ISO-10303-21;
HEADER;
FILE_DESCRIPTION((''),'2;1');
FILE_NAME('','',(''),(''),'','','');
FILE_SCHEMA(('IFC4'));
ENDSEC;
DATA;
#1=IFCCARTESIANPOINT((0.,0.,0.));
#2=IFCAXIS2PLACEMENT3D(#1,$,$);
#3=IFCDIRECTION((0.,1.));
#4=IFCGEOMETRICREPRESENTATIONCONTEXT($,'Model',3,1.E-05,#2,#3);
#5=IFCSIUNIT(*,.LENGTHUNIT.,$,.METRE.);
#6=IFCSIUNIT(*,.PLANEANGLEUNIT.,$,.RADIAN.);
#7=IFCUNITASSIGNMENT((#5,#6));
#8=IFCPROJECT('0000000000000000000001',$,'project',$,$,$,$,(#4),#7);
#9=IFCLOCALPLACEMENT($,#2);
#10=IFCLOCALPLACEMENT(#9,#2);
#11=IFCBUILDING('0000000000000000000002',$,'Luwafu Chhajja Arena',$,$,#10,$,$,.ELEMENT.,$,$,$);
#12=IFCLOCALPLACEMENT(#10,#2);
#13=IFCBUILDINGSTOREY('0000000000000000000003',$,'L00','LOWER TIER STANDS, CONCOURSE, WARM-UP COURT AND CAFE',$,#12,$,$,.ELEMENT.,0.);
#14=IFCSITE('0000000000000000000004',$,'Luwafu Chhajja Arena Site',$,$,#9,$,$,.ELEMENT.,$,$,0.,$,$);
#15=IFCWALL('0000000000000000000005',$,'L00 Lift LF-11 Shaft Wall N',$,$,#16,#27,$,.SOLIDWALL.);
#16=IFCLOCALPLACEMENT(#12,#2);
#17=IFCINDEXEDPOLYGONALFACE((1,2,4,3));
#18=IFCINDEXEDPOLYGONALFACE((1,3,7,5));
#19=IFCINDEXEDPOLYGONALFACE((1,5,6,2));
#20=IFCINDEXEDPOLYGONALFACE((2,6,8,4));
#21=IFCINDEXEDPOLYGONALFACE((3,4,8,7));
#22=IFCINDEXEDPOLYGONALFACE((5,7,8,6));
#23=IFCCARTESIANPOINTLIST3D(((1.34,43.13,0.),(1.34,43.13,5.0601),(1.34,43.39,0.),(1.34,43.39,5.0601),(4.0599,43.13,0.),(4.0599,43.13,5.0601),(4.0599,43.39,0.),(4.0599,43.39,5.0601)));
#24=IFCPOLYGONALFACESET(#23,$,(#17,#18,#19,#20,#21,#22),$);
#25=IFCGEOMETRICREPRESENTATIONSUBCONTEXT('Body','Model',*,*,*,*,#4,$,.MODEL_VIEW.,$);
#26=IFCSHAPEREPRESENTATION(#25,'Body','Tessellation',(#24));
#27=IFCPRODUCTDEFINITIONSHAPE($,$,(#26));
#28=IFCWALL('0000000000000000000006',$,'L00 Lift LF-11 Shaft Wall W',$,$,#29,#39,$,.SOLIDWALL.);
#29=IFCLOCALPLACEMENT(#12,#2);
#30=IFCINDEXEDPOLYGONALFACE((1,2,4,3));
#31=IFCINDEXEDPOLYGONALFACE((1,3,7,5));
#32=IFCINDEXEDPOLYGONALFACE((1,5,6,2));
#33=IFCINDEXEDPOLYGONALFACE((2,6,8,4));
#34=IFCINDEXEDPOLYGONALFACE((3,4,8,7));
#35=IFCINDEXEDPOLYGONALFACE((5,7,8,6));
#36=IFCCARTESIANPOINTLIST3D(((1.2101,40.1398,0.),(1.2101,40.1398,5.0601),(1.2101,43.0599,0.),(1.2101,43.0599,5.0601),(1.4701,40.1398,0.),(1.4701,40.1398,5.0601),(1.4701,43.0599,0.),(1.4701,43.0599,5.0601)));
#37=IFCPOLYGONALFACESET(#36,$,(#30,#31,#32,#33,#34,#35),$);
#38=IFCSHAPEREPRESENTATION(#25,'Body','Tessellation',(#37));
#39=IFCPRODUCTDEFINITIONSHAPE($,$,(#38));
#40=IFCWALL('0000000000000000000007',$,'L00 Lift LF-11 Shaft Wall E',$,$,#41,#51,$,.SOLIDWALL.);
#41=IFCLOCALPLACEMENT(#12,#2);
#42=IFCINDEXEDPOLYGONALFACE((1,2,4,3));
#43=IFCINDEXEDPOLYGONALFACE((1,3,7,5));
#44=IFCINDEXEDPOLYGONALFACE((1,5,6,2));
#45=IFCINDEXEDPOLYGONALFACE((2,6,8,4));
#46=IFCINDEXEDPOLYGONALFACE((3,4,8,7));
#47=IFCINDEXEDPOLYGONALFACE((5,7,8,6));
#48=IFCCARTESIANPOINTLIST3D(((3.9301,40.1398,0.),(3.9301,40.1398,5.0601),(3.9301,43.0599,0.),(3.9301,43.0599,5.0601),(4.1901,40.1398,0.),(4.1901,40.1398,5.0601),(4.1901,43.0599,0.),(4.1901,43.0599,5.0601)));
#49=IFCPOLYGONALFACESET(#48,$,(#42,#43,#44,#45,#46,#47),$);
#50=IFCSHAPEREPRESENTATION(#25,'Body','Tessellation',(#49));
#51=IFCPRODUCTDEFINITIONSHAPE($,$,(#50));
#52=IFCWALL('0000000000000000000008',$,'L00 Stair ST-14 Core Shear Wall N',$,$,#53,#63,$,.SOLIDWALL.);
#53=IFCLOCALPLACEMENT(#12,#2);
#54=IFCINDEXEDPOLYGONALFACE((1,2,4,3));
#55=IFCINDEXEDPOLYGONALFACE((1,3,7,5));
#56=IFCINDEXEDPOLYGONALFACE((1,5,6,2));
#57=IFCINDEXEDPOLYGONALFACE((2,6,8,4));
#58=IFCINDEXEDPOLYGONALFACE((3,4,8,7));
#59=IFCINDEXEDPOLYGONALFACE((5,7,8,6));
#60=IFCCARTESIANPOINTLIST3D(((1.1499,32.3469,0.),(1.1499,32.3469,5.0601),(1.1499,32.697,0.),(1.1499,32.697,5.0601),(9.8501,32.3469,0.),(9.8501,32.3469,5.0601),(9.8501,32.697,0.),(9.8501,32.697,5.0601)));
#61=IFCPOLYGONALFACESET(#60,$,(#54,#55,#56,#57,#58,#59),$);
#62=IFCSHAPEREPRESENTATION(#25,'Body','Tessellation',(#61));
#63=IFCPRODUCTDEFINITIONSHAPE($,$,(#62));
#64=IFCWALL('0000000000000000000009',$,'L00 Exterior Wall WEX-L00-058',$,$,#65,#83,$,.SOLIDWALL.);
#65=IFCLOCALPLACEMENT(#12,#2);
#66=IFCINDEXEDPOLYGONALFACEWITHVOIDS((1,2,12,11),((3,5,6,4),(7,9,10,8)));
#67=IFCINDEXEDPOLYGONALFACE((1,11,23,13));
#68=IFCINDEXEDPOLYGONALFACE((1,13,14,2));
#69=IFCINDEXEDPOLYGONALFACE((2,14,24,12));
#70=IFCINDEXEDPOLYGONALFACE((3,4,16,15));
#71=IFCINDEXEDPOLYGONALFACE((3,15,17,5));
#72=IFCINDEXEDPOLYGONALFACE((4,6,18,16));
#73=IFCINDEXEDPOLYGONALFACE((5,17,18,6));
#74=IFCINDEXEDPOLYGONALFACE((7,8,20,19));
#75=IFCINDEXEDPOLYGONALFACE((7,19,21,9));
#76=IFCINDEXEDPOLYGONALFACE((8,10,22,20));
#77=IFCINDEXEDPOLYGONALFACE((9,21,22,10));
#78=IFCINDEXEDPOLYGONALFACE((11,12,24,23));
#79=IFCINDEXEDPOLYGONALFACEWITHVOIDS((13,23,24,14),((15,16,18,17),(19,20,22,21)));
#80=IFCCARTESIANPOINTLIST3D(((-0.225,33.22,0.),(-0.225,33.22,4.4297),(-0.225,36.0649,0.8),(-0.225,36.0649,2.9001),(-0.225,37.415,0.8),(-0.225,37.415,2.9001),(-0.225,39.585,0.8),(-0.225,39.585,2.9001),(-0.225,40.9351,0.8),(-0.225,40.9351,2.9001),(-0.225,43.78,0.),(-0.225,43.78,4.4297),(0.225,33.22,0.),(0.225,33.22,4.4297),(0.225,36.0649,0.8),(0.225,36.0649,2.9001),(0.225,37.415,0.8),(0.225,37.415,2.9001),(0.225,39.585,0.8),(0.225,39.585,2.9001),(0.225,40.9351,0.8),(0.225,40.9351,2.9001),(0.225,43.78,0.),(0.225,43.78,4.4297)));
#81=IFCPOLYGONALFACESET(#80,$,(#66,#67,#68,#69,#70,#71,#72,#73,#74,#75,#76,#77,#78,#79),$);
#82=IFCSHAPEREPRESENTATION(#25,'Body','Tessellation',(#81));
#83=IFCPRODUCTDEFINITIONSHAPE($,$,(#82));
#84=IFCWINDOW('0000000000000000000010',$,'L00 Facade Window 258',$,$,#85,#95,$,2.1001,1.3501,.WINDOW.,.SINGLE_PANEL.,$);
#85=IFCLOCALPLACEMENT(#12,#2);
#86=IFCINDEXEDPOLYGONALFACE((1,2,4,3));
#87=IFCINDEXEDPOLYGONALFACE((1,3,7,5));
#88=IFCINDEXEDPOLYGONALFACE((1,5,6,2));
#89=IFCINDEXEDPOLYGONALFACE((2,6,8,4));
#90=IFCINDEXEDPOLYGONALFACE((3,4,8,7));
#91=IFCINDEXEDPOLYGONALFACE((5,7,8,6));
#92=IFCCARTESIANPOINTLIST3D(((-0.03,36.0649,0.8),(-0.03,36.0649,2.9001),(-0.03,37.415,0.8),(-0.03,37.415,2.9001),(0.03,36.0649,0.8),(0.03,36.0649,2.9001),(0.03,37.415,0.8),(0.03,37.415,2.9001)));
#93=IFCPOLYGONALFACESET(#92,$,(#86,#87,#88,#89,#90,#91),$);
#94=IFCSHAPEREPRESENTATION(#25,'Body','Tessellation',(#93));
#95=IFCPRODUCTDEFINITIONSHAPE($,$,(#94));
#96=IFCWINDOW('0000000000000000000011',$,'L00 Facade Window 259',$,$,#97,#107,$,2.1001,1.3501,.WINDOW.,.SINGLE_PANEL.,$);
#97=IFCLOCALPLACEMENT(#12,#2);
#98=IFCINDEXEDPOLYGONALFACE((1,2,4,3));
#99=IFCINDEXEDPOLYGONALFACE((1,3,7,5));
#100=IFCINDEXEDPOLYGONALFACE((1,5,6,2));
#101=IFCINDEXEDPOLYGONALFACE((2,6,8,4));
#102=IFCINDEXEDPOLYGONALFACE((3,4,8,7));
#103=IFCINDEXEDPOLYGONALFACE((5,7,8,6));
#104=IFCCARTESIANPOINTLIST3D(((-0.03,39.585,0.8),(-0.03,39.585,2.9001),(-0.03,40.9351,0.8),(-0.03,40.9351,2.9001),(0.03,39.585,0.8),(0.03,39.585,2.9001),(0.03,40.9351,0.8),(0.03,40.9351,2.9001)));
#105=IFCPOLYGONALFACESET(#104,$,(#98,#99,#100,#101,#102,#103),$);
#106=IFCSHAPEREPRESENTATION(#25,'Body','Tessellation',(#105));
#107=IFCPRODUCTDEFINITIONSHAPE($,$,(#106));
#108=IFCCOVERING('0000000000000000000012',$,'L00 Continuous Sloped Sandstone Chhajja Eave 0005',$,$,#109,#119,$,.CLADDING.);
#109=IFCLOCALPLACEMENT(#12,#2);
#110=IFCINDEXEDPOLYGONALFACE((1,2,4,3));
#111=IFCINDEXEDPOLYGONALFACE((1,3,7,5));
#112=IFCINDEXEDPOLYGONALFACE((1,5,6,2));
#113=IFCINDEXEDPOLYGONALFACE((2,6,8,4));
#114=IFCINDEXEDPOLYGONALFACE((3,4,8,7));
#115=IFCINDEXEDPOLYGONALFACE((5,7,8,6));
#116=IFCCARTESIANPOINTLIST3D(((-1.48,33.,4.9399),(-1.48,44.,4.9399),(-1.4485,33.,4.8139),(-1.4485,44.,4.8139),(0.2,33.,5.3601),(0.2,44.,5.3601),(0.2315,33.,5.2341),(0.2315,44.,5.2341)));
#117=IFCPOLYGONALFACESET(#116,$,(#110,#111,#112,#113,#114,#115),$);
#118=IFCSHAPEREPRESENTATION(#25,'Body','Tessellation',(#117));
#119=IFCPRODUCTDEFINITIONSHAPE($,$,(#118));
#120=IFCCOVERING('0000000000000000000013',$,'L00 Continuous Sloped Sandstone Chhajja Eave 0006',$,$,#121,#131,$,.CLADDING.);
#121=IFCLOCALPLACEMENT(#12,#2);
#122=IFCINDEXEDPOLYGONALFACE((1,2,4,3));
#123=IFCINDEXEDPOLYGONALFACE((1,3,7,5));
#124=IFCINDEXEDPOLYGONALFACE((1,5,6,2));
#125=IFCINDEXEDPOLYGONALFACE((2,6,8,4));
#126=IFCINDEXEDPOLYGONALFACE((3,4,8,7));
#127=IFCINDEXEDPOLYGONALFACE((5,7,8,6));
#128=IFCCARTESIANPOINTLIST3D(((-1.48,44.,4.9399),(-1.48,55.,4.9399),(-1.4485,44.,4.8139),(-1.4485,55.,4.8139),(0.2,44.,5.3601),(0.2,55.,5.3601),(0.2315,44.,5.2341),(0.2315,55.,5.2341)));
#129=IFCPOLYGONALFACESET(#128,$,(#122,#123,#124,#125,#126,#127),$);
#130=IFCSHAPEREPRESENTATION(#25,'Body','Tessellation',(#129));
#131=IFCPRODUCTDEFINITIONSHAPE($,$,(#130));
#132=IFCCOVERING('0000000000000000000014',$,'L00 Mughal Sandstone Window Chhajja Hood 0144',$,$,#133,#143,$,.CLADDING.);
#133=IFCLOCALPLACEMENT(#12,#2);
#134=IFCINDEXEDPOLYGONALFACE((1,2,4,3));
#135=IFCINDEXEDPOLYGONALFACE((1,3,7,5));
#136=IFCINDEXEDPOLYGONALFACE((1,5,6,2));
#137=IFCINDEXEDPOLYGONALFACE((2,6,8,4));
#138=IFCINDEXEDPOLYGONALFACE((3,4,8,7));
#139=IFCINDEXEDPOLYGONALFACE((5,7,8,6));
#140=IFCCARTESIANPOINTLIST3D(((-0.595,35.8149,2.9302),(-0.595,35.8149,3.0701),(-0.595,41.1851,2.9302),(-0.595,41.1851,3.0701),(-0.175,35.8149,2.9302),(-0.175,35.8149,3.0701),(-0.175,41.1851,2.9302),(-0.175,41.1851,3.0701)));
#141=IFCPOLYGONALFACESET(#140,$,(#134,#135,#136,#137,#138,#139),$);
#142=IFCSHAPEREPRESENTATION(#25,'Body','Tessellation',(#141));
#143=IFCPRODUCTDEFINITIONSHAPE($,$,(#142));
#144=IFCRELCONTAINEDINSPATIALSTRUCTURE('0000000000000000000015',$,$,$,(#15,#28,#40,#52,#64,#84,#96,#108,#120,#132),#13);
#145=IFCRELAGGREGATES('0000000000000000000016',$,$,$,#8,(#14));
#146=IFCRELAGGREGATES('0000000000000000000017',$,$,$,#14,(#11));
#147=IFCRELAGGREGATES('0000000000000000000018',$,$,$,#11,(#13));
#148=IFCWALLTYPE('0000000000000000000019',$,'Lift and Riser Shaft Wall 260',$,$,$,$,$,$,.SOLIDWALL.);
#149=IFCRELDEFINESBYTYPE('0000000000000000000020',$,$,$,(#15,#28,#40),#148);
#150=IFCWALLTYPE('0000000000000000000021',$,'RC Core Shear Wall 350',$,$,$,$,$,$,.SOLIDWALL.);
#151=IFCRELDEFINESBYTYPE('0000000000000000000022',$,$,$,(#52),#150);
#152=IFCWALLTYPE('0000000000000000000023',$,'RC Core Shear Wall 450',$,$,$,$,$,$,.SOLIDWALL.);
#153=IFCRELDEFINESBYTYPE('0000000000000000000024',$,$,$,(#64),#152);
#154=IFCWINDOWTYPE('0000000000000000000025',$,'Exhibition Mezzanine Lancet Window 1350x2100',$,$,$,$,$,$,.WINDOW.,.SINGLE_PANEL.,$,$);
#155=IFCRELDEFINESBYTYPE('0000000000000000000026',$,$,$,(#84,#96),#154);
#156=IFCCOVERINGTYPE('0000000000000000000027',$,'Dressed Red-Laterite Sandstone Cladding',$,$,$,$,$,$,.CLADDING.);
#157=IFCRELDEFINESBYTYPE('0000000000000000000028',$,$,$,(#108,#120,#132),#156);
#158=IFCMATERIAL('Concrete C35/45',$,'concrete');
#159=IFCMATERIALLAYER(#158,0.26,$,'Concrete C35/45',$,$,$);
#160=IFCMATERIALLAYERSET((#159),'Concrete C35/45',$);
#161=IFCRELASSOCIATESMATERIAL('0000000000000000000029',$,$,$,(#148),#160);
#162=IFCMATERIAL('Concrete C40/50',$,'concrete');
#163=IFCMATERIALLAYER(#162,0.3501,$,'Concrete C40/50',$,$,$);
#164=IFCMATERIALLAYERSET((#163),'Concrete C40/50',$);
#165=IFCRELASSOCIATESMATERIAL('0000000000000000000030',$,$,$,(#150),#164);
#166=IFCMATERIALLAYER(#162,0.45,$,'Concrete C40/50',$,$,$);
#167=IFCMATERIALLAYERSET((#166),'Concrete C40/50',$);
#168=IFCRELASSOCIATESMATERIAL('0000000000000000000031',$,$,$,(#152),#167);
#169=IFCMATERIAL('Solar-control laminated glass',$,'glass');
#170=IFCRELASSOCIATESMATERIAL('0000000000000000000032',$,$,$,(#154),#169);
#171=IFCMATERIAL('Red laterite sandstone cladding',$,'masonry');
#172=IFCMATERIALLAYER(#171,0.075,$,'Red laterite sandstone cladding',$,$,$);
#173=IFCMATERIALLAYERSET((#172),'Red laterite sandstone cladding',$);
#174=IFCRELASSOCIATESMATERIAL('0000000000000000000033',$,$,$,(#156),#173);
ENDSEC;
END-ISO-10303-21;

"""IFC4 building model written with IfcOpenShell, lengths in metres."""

from ifc_helpers import new_model, si_unit, direction, frame, frame_2d, origin, origin_2d, place, context, subcontext, project, spatial, polyline, rectangle, outline, extrude, material, layer, layer_set, type_object, element, fill, save


model = new_model("IFC4")

# Units and contexts
model_context = context("Model", 3, precision=1e-05, world=origin(), true_north=direction((0.0, 1.0)))
body_context = subcontext(model_context, "Body", "Model", "MODEL_VIEW")
ifc_project = project(units=[si_unit("LENGTHUNIT", "METRE"), si_unit("PLANEANGLEUNIT", "RADIAN")], contexts=[model_context])

# Site, building, storey
site_placement = place(None, origin())
site = spatial("IfcSite", under=ifc_project, at=site_placement, Name="Luwafu Chhajja Arena Site", CompositionType="ELEMENT", RefElevation=0.0)
building_placement = place(site_placement, origin())
building = spatial("IfcBuilding", under=site, at=building_placement, Name="Luwafu Chhajja Arena", CompositionType="ELEMENT")
storey_placement = place(building_placement, origin())
storey = spatial("IfcBuildingStorey", under=building, at=storey_placement, Name="L00", Description="LOWER TIER STANDS, CONCOURSE, WARM-UP COURT AND CAFE", CompositionType="ELEMENT", Elevation=0.0)

# Shared definitions
ifc_material_1 = material(Name="Concrete C40/50", Category="concrete")

# Shared definitions
ifc_material_2 = material(Name="Concrete C35/45", Category="concrete")
ifc_layer_1 = layer(ifc_material_2, 0.26, Name="Concrete C35/45")
ifc_layer_set_1 = layer_set([ifc_layer_1], Name="Concrete C35/45")
wall_type_1 = type_object("IfcWallType", Name="Lift and Riser Shaft Wall 260", PredefinedType="SOLIDWALL", material=ifc_layer_set_1)

# Walls
wall_1_placement = place(storey_placement, frame((1.3401, 43.26, 0.0), z_axis=(0.0, 0.0, 1.0), x_axis=(1.0, 0.0, 0.0)))
element("IfcWall", 1, at=wall_1_placement, inside=storey, type_object=wall_type_1, Name="L00 Lift LF-11 Shaft Wall N", PredefinedType="SOLIDWALL", context=body_context, shape_type="SweptSolid", body=[
    extrude(rectangle(XDim=2.72, YDim=0.26, at=frame_2d((1.3599, 0.0))), origin(), (0.0, 0.0, 1.0), 5.0601),
])
for number, where, z_axis, x_axis, name in (
    (2, (1.3401, 40.1399, 0.0), (0.0, 0.0, 1.0), (0.0, 1.0, 0.0), "L00 Lift LF-11 Shaft Wall W"),
    (3, (4.0601, 40.1399, 0.0), (0.0, 0.0, 1.0), (0.0, 1.0, 0.0), "L00 Lift LF-11 Shaft Wall E"),
):
    element("IfcWall", number, at=place(storey_placement, frame(where, z_axis=z_axis, x_axis=x_axis)), inside=storey, type_object=wall_type_1, Name=name, PredefinedType="SOLIDWALL", context=body_context, shape_type="SweptSolid", body=[
        extrude(rectangle(XDim=2.9202, YDim=0.26, at=frame_2d((1.46, 0.0))), origin(), (0.0, 0.0, 1.0), 5.0601),
    ])
ifc_layer_2 = layer(ifc_material_1, 0.3501, Name="Concrete C40/50")
ifc_layer_set_2 = layer_set([ifc_layer_2], Name="Concrete C40/50")
wall_type_2 = type_object("IfcWallType", Name="RC Core Shear Wall 350", PredefinedType="SOLIDWALL", material=ifc_layer_set_2)
wall_2_placement = place(storey_placement, frame((1.1499, 32.522, 0.0), z_axis=(0.0, 0.0, 1.0), x_axis=(1.0, 0.0, 0.0)))
element("IfcWall", 4, at=wall_2_placement, inside=storey, type_object=wall_type_2, Name="L00 Stair ST-14 Core Shear Wall N", PredefinedType="SOLIDWALL", context=body_context, shape_type="SweptSolid", body=[
    extrude(rectangle(XDim=8.7002, YDim=0.3501, at=frame_2d((4.3501, 0.0))), origin(), (0.0, 0.0, 1.0), 5.0601),
])

# Wall, openings, windows
ifc_layer_3 = layer(ifc_material_1, 0.45, Name="Concrete C40/50")
ifc_layer_set_3 = layer_set([ifc_layer_3], Name="Concrete C40/50")
wall_type_3 = type_object("IfcWallType", Name="RC Core Shear Wall 450", PredefinedType="SOLIDWALL", material=ifc_layer_set_3)
wall_3_placement = place(storey_placement, frame((0.0, 33.22, 0.0), z_axis=(0.0, 0.0, 1.0), x_axis=(0.0, 1.0, 0.0)))
wall_3 = element("IfcWall", 5, at=wall_3_placement, inside=storey, type_object=wall_type_3, Name="L00 Exterior Wall WEX-L00-058", PredefinedType="SOLIDWALL", context=body_context, shape_type="SweptSolid", body=[
    extrude(rectangle(XDim=10.5601, YDim=0.45, at=frame_2d((5.28, 0.0))), origin(), (0.0, 0.0, 1.0), 4.4297),
])
opening_1_placement = place(wall_3_placement, frame((2.845, 0.0, 0.8)))
opening_1 = element("IfcOpeningElement", 6, at=opening_1_placement, cuts=wall_3, PredefinedType="OPENING", context=body_context, shape_type="SweptSolid", body=[
    extrude(rectangle(XDim=1.3501, YDim=2.1001, at=frame_2d((0.675, 1.05))), frame((0.0, 0.2349, 0.0), z_axis=(0.0, -1.0, 0.0), x_axis=(1.0, 0.0, 0.0)), (0.0, 0.0, 1.0), 0.47),
])
opening_2_placement = place(wall_3_placement, frame((6.365, 0.0, 0.8)))
opening_2 = element("IfcOpeningElement", 7, at=opening_2_placement, cuts=wall_3, PredefinedType="OPENING", context=body_context, shape_type="SweptSolid", body=[
    extrude(rectangle(XDim=1.3501, YDim=2.1001, at=frame_2d((0.675, 1.05))), frame((0.0, 0.2349, 0.0), z_axis=(0.0, -1.0, 0.0), x_axis=(1.0, 0.0, 0.0)), (0.0, 0.0, 1.0), 0.47),
])
ifc_material_3 = material(Name="Solar-control laminated glass", Category="glass")
window_type_1 = type_object("IfcWindowType", Name="Exhibition Mezzanine Lancet Window 1350x2100", PartitioningType="SINGLE_PANEL", PredefinedType="WINDOW", material=ifc_material_3)
window_1_placement = place(opening_1_placement, origin())
window_1 = element("IfcWindow", 8, at=window_1_placement, inside=storey, type_object=window_type_1, Name="L00 Facade Window 258", OverallHeight=2.1001, OverallWidth=1.3501, PartitioningType="SINGLE_PANEL", PredefinedType="WINDOW", context=body_context, shape_type="SweptSolid", body=[
    extrude(rectangle(XDim=1.3501, YDim=2.1001, at=frame_2d((0.675, 1.05))), frame((0.0, 0.03, 0.0), z_axis=(0.0, -1.0, 0.0), x_axis=(1.0, 0.0, 0.0)), (0.0, 0.0, 1.0), 0.0601),
])
fill(opening_1, window_1)
window_2_placement = place(opening_2_placement, origin())
window_2 = element("IfcWindow", 9, at=window_2_placement, inside=storey, type_object=window_type_1, Name="L00 Facade Window 259", OverallHeight=2.1001, OverallWidth=1.3501, PartitioningType="SINGLE_PANEL", PredefinedType="WINDOW", context=body_context, shape_type="SweptSolid", body=[
    extrude(rectangle(XDim=1.3501, YDim=2.1001, at=frame_2d((0.675, 1.05))), frame((0.0, 0.03, 0.0), z_axis=(0.0, -1.0, 0.0), x_axis=(1.0, 0.0, 0.0)), (0.0, 0.0, 1.0), 0.0601),
])
fill(opening_2, window_2)

# Coverings
ifc_material_4 = material(Name="Red laterite sandstone cladding", Category="masonry")
ifc_layer_4 = layer(ifc_material_4, 0.075, Name="Red laterite sandstone cladding")
ifc_layer_set_4 = layer_set([ifc_layer_4], Name="Red laterite sandstone cladding")
covering_type = type_object("IfcCoveringType", Name="Dressed Red-Laterite Sandstone Cladding", PredefinedType="CLADDING", material=ifc_layer_set_4)
for number, where, z_axis, x_axis, name in (
    (10, (0.2, 33.0, 5.3601), (-0.242635, 0.0, 0.970118), (0.0, 1.0, 0.0), "L00 Continuous Sloped Sandstone Chhajja Eave 0005"),
    (11, (0.2, 44.0, 5.3601), (-0.242635, 0.0, 0.970118), (0.0, 1.0, 0.0), "L00 Continuous Sloped Sandstone Chhajja Eave 0006"),
):
    element("IfcCovering", number, at=place(storey_placement, frame(where, z_axis=z_axis, x_axis=x_axis)), inside=storey, type_object=covering_type, Name=name, PredefinedType="CLADDING", context=body_context, shape_type="SweptSolid", body=[
        extrude(outline(polyline([(0.0, 0.0), (11.0, 0.0), (11.0, 1.7317), (0.0, 1.7317), (0.0, 0.0)])), origin(), (0.0, 0.0, -1.0), 0.1299),
    ])
covering_placement = place(storey_placement, frame((-0.385, 38.5, 2.9302), z_axis=(0.0, 0.0, 1.0), x_axis=(0.0, 1.0, 0.0)))
element("IfcCovering", 12, at=covering_placement, inside=storey, type_object=covering_type, Name="L00 Mughal Sandstone Window Chhajja Hood 0144", PredefinedType="CLADDING", context=body_context, shape_type="SweptSolid", body=[
    extrude(rectangle(XDim=5.3701, YDim=0.4199, at=origin_2d()), origin(), (0.0, 0.0, 1.0), 0.1399),
])

save(model, "model.ifc")
